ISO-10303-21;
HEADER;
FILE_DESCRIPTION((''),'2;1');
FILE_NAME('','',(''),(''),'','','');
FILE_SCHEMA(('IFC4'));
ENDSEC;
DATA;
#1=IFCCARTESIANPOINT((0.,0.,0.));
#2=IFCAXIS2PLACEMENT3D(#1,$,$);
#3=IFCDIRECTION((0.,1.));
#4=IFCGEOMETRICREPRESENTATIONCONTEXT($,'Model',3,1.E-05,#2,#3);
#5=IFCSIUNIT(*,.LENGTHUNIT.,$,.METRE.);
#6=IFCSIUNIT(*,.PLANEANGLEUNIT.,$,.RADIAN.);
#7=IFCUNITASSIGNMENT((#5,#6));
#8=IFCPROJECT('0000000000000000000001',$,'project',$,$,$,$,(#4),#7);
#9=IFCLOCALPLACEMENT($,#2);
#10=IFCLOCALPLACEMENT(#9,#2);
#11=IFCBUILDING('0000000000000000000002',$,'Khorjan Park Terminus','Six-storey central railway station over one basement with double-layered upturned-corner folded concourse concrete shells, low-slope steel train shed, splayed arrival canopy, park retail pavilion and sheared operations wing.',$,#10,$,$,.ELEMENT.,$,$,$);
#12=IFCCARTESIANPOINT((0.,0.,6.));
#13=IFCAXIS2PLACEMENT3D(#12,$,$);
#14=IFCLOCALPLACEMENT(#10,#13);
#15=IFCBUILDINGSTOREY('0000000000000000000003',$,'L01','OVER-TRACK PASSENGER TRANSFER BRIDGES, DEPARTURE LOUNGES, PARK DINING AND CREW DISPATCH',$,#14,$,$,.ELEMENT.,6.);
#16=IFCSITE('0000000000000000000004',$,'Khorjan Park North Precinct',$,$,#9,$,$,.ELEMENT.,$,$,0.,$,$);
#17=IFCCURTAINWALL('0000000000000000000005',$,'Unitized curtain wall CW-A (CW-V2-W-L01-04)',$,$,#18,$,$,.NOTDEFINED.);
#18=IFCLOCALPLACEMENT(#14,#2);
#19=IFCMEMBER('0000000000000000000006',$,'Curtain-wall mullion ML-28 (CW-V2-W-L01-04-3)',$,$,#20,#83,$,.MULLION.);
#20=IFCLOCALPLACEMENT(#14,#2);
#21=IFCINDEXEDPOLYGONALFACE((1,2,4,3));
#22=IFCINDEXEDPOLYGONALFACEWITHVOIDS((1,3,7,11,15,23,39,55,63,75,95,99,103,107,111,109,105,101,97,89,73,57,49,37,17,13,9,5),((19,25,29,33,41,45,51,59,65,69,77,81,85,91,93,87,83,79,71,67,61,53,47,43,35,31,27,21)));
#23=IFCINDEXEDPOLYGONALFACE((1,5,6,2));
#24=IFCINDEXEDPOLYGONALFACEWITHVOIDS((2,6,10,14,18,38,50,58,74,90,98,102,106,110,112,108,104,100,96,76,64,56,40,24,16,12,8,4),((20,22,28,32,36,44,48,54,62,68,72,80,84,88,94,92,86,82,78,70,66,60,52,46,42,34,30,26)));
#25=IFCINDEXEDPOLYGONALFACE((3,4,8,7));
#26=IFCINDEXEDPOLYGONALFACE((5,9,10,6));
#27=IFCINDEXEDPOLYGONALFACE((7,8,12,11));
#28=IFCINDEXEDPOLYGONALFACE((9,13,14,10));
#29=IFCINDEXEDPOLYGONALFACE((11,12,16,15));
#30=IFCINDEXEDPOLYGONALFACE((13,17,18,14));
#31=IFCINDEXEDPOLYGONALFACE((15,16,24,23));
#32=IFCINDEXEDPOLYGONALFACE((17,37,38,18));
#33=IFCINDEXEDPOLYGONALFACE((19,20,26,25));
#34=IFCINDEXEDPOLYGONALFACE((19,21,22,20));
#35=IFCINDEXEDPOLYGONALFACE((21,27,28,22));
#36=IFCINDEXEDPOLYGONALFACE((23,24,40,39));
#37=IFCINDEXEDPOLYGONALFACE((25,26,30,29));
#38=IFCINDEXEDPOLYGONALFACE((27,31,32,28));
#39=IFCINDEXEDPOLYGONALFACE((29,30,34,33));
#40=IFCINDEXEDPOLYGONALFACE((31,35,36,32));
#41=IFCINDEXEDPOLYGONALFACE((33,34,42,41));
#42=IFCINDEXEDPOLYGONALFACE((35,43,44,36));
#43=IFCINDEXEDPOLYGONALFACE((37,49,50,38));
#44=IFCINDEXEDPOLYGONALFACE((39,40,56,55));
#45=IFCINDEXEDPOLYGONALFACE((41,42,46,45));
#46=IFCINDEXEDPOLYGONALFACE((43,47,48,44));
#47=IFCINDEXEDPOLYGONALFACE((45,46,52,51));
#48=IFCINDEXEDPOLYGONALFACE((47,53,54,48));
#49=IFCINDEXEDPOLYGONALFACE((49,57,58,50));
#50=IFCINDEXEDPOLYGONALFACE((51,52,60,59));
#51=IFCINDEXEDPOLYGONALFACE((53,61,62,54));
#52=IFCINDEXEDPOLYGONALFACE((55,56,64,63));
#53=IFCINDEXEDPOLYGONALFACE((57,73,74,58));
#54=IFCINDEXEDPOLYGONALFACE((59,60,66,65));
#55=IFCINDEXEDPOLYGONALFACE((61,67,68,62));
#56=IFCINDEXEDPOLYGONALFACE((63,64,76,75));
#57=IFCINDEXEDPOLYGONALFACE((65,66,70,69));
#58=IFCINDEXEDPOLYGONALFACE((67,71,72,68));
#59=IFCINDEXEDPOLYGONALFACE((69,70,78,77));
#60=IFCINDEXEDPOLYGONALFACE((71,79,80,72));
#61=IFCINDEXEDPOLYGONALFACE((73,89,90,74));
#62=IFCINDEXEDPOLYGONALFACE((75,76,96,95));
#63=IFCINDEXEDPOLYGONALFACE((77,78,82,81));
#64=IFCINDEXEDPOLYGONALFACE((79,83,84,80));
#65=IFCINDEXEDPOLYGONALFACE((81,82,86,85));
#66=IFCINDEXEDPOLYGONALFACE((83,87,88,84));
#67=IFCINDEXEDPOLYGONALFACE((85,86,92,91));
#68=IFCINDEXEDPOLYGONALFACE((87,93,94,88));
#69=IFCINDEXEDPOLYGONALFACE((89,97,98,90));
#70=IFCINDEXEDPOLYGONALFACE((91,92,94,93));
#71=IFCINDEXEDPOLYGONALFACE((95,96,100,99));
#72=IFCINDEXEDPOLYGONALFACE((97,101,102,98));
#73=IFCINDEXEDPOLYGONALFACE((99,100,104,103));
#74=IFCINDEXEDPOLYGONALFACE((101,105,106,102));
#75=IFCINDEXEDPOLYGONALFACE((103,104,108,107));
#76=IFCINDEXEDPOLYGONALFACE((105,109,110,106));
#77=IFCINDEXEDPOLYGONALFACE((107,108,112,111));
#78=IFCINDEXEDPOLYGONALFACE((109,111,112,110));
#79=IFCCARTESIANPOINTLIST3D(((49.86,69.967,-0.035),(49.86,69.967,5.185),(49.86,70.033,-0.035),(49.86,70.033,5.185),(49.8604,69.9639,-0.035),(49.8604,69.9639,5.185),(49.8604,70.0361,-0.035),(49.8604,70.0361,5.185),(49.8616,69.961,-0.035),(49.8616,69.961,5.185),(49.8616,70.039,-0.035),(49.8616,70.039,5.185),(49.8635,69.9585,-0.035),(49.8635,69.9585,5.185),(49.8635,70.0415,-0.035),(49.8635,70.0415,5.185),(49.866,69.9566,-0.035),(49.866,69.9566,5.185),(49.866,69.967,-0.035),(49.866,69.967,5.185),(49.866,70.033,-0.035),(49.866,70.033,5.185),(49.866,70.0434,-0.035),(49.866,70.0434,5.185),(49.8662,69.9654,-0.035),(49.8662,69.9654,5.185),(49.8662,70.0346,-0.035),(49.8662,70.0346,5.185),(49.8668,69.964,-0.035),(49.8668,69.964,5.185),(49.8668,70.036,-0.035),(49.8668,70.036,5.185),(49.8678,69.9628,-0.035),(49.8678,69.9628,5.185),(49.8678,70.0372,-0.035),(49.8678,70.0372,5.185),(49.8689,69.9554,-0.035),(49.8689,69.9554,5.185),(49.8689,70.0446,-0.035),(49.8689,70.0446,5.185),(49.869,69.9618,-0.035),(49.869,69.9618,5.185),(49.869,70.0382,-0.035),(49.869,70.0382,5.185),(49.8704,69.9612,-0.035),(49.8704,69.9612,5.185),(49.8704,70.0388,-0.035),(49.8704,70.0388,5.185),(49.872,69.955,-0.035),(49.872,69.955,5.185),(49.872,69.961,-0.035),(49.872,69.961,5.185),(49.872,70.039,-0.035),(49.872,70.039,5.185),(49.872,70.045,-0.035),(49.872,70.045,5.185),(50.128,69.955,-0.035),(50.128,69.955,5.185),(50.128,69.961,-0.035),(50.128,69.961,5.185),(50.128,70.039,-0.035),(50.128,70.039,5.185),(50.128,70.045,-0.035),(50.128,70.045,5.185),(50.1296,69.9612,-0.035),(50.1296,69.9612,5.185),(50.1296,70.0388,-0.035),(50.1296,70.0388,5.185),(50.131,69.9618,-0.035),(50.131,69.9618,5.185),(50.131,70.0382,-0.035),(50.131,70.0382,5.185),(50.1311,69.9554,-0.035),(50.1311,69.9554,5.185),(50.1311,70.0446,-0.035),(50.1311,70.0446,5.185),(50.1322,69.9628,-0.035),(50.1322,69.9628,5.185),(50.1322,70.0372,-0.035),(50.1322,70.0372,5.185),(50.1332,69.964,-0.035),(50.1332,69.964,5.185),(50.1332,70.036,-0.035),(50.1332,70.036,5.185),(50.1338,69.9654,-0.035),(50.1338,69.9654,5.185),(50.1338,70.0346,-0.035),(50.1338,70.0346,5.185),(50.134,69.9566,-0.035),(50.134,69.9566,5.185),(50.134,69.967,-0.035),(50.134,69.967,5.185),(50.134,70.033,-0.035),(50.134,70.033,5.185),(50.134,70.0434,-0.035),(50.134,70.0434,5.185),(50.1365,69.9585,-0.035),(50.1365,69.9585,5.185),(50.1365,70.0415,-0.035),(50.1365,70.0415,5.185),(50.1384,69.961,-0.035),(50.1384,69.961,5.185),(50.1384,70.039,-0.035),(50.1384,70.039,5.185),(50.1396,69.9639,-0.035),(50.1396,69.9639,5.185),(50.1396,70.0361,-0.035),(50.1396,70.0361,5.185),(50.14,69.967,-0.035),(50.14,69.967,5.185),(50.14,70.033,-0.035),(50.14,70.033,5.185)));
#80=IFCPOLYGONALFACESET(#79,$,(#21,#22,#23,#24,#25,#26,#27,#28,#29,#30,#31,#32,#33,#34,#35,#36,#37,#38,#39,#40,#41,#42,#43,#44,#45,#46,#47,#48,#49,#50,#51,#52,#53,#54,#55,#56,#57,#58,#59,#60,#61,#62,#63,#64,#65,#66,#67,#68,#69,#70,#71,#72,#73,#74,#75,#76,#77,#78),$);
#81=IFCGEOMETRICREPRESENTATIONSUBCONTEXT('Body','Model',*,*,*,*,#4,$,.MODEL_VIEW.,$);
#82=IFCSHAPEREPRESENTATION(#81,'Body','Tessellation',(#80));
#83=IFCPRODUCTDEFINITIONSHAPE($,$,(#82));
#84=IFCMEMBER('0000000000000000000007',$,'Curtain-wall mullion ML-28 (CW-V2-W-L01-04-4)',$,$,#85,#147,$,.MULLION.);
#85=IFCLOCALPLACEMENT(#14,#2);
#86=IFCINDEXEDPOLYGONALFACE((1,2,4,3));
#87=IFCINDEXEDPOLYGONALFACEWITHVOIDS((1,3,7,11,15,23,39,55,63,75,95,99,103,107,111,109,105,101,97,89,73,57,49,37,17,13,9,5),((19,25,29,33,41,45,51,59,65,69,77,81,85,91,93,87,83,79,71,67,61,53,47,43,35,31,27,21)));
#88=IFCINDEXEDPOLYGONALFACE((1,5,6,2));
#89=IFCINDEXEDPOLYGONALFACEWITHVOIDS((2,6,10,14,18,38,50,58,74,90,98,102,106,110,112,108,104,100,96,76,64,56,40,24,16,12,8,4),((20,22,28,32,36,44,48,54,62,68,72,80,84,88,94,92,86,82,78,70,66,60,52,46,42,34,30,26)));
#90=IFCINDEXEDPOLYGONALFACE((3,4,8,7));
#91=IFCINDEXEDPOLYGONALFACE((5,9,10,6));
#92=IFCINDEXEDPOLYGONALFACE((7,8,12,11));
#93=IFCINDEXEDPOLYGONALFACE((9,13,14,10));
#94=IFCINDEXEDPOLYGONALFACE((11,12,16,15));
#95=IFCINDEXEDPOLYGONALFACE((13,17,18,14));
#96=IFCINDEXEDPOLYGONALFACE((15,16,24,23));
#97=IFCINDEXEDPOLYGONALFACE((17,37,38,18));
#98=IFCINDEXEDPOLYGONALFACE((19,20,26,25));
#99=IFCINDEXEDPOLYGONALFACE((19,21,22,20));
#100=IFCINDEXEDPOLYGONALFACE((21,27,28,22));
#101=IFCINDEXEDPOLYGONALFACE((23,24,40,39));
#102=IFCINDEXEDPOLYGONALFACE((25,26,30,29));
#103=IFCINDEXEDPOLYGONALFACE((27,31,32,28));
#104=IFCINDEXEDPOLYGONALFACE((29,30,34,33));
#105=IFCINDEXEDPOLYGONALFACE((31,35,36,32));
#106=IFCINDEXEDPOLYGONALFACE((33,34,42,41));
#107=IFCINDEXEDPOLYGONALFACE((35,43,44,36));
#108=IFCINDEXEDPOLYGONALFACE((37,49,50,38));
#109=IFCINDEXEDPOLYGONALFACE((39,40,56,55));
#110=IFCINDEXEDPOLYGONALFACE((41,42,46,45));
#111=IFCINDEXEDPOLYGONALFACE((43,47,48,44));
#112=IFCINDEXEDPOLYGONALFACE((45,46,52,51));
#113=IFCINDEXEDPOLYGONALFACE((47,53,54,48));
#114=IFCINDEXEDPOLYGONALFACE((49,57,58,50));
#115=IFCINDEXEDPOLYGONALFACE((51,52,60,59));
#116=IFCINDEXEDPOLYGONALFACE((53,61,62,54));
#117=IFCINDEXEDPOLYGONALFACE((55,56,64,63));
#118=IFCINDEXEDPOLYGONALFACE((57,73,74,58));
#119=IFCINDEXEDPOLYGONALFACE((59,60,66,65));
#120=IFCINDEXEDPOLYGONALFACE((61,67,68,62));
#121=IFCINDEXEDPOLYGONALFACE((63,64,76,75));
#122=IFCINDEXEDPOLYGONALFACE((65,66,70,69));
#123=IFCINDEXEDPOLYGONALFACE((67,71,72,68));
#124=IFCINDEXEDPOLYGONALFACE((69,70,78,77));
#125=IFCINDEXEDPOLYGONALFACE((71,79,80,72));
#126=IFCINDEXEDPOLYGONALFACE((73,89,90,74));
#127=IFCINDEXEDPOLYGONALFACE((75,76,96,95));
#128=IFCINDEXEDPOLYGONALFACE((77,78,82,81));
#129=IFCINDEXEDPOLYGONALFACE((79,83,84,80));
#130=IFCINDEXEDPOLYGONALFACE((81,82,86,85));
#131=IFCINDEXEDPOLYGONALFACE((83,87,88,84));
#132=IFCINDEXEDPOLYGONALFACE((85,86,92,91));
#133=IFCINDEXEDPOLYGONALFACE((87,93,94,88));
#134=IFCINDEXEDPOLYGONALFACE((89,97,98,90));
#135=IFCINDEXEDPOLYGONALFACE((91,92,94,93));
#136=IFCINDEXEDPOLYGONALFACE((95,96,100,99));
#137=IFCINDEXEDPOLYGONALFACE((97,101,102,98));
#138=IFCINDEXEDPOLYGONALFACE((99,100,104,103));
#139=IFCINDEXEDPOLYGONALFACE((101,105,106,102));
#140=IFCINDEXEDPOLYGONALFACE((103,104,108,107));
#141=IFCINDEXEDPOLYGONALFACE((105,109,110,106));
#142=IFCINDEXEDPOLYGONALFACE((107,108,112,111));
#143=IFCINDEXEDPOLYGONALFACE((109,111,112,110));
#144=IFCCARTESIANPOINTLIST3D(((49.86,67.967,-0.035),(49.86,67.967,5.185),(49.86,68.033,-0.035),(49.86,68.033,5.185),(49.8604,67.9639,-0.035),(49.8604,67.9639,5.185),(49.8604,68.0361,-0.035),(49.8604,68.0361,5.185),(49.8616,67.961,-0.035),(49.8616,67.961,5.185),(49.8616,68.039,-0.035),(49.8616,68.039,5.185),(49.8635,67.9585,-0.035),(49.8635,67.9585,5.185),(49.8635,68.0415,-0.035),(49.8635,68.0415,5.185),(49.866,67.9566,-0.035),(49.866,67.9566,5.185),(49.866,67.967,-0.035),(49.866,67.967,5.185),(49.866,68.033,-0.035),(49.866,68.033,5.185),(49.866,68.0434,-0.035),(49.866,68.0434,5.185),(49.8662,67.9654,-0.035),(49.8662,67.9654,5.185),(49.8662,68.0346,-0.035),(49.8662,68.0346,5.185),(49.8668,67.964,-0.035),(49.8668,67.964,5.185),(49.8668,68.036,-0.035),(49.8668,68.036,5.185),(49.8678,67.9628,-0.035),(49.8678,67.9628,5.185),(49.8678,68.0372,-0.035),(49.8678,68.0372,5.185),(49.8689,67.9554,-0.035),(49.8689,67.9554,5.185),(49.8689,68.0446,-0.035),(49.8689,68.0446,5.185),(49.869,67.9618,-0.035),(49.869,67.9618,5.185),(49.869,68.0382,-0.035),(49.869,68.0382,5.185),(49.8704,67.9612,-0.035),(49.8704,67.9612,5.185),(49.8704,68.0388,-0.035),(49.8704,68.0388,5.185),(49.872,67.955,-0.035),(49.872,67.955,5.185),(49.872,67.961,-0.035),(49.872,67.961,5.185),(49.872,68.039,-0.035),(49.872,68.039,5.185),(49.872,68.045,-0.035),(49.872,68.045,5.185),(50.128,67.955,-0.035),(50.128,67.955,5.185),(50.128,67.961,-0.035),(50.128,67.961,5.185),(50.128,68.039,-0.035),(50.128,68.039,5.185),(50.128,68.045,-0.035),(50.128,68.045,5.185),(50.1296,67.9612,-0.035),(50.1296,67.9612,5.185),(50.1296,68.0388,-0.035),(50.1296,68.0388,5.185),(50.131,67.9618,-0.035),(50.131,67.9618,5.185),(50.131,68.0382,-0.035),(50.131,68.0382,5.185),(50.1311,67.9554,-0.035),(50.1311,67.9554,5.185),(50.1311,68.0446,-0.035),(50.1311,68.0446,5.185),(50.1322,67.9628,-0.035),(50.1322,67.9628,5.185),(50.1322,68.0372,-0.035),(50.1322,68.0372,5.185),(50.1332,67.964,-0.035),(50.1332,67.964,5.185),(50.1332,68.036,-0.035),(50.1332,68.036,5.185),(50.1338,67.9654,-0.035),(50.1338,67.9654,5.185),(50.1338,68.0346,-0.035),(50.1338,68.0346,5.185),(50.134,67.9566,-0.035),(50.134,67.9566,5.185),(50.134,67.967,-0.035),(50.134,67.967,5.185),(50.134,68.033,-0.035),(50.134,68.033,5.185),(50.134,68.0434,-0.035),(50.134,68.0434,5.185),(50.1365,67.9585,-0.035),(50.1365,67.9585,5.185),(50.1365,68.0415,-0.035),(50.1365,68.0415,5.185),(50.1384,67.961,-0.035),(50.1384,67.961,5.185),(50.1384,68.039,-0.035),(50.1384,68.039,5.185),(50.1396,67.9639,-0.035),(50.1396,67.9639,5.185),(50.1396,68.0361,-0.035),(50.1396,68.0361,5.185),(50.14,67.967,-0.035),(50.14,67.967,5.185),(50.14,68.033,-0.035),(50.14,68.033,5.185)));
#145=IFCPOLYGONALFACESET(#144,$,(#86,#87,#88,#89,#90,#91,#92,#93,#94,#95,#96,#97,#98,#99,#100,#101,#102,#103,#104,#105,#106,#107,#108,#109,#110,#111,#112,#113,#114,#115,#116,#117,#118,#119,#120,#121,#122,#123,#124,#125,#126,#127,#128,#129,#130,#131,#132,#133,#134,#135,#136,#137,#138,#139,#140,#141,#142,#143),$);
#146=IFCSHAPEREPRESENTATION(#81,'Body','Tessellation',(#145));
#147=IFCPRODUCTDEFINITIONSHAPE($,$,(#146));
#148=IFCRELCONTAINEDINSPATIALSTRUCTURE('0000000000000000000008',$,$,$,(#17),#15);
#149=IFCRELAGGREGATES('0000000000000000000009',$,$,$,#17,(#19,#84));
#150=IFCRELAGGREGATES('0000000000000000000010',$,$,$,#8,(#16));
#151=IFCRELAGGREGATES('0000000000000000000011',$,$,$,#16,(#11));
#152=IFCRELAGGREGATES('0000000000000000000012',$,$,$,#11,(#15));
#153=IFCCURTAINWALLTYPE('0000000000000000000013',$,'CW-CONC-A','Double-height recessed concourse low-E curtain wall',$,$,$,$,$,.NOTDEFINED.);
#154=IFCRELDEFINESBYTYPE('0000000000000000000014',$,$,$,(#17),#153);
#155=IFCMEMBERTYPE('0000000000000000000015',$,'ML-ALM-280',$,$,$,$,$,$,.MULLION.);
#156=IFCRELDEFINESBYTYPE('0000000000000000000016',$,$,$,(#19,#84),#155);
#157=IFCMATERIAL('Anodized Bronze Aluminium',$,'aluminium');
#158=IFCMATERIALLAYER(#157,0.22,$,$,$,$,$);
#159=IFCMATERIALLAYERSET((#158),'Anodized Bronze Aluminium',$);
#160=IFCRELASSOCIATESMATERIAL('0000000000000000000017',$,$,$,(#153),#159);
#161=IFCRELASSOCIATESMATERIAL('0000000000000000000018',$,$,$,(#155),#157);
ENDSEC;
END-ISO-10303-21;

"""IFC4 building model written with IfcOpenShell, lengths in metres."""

from ifc_helpers import new_model, si_unit, direction, frame, origin, origin_2d, place, context, subcontext, project, spatial, hollow_rectangle, extrude, material, layer, layer_set, material_profile, profile_set, type_object, element, aggregate, save


model = new_model("IFC4")

# Units and contexts
model_context = context("Model", 3, precision=1e-05, world=origin(), true_north=direction((0.0, 1.0)))
body_context = subcontext(model_context, "Body", "Model", "MODEL_VIEW")
ifc_project = project(units=[si_unit("LENGTHUNIT", "METRE"), si_unit("PLANEANGLEUNIT", "RADIAN")], contexts=[model_context])

# Site, building, storey
site_placement = place(None, origin())
site = spatial("IfcSite", under=ifc_project, at=site_placement, Name="Khorjan Park North Precinct", CompositionType="ELEMENT", RefElevation=0.0)
building_placement = place(site_placement, origin())
building = spatial("IfcBuilding", under=site, at=building_placement, Name="Khorjan Park Terminus", Description="Six-storey central railway station over one basement with double-layered upturned-corner folded concourse concrete shells, low-slope steel train shed, splayed arrival canopy, park retail pavilion and sheared operations wing.", CompositionType="ELEMENT")
storey_placement = place(building_placement, frame((0.0, 0.0, 6.0)))
storey = spatial("IfcBuildingStorey", under=building, at=storey_placement, Name="L01", Description="OVER-TRACK PASSENGER TRANSFER BRIDGES, DEPARTURE LOUNGES, PARK DINING AND CREW DISPATCH", CompositionType="ELEMENT", Elevation=6.0)

# Curtain wall, members
ifc_material_1 = material(Name="Anodized Bronze Aluminium", Category="aluminium")
ifc_layer_1 = layer(ifc_material_1, 0.22)
ifc_layer_set_1 = layer_set([ifc_layer_1], Name="Anodized Bronze Aluminium")
curtain_wall_type = type_object("IfcCurtainWallType", Name="CW-CONC-A", Description="Double-height recessed concourse low-E curtain wall", PredefinedType="NOTDEFINED", material=ifc_layer_set_1)
curtain_wall_placement = place(storey_placement, origin())
curtain_wall = element("IfcCurtainWall", 1, at=curtain_wall_placement, inside=storey, type_object=curtain_wall_type, Name="Unitized curtain wall CW-A (CW-V2-W-L01-04)", PredefinedType="NOTDEFINED")
ifc_material_profile_1 = material_profile(ifc_material_1, hollow_rectangle(XDim=0.09, YDim=0.28, WallThickness=0.006, InnerFilletRadius=0.006, OuterFilletRadius=0.012, at=origin_2d()), Name="ALM 90x280x6")
ifc_profile_set_1 = profile_set([ifc_material_profile_1], Name="Anodized Bronze Aluminium")
member_type_1 = type_object("IfcMemberType", Name="ML-ALM-280", PredefinedType="MULLION", material=ifc_profile_set_1)
member_1_placement = place(storey_placement, frame((50.0, 70.0, -0.035), z_axis=(0.0, 0.0, 1.0), x_axis=(0.0, -1.0, 0.0)))
member_1 = element("IfcMember", 2, at=member_1_placement, type_object=member_type_1, Name="Curtain-wall mullion ML-28 (CW-V2-W-L01-04-3)", PredefinedType="MULLION", context=body_context, shape_type="SweptSolid", body=[
    extrude(hollow_rectangle(XDim=0.09, YDim=0.28, WallThickness=0.006, InnerFilletRadius=0.006, OuterFilletRadius=0.012, at=origin_2d()), origin(), (0.0, 0.0, 1.0), 5.22),
])
member_2_placement = place(storey_placement, frame((50.0, 68.0, -0.035), z_axis=(0.0, 0.0, 1.0), x_axis=(0.0, -1.0, 0.0)))
member_2 = element("IfcMember", 3, at=member_2_placement, type_object=member_type_1, Name="Curtain-wall mullion ML-28 (CW-V2-W-L01-04-4)", PredefinedType="MULLION", context=body_context, shape_type="SweptSolid", body=[
    extrude(hollow_rectangle(XDim=0.09, YDim=0.28, WallThickness=0.006, InnerFilletRadius=0.006, OuterFilletRadius=0.012, at=origin_2d()), origin(), (0.0, 0.0, 1.0), 5.22),
])
aggregate(curtain_wall, [member_1, member_2])

save(model, "model.ifc")
